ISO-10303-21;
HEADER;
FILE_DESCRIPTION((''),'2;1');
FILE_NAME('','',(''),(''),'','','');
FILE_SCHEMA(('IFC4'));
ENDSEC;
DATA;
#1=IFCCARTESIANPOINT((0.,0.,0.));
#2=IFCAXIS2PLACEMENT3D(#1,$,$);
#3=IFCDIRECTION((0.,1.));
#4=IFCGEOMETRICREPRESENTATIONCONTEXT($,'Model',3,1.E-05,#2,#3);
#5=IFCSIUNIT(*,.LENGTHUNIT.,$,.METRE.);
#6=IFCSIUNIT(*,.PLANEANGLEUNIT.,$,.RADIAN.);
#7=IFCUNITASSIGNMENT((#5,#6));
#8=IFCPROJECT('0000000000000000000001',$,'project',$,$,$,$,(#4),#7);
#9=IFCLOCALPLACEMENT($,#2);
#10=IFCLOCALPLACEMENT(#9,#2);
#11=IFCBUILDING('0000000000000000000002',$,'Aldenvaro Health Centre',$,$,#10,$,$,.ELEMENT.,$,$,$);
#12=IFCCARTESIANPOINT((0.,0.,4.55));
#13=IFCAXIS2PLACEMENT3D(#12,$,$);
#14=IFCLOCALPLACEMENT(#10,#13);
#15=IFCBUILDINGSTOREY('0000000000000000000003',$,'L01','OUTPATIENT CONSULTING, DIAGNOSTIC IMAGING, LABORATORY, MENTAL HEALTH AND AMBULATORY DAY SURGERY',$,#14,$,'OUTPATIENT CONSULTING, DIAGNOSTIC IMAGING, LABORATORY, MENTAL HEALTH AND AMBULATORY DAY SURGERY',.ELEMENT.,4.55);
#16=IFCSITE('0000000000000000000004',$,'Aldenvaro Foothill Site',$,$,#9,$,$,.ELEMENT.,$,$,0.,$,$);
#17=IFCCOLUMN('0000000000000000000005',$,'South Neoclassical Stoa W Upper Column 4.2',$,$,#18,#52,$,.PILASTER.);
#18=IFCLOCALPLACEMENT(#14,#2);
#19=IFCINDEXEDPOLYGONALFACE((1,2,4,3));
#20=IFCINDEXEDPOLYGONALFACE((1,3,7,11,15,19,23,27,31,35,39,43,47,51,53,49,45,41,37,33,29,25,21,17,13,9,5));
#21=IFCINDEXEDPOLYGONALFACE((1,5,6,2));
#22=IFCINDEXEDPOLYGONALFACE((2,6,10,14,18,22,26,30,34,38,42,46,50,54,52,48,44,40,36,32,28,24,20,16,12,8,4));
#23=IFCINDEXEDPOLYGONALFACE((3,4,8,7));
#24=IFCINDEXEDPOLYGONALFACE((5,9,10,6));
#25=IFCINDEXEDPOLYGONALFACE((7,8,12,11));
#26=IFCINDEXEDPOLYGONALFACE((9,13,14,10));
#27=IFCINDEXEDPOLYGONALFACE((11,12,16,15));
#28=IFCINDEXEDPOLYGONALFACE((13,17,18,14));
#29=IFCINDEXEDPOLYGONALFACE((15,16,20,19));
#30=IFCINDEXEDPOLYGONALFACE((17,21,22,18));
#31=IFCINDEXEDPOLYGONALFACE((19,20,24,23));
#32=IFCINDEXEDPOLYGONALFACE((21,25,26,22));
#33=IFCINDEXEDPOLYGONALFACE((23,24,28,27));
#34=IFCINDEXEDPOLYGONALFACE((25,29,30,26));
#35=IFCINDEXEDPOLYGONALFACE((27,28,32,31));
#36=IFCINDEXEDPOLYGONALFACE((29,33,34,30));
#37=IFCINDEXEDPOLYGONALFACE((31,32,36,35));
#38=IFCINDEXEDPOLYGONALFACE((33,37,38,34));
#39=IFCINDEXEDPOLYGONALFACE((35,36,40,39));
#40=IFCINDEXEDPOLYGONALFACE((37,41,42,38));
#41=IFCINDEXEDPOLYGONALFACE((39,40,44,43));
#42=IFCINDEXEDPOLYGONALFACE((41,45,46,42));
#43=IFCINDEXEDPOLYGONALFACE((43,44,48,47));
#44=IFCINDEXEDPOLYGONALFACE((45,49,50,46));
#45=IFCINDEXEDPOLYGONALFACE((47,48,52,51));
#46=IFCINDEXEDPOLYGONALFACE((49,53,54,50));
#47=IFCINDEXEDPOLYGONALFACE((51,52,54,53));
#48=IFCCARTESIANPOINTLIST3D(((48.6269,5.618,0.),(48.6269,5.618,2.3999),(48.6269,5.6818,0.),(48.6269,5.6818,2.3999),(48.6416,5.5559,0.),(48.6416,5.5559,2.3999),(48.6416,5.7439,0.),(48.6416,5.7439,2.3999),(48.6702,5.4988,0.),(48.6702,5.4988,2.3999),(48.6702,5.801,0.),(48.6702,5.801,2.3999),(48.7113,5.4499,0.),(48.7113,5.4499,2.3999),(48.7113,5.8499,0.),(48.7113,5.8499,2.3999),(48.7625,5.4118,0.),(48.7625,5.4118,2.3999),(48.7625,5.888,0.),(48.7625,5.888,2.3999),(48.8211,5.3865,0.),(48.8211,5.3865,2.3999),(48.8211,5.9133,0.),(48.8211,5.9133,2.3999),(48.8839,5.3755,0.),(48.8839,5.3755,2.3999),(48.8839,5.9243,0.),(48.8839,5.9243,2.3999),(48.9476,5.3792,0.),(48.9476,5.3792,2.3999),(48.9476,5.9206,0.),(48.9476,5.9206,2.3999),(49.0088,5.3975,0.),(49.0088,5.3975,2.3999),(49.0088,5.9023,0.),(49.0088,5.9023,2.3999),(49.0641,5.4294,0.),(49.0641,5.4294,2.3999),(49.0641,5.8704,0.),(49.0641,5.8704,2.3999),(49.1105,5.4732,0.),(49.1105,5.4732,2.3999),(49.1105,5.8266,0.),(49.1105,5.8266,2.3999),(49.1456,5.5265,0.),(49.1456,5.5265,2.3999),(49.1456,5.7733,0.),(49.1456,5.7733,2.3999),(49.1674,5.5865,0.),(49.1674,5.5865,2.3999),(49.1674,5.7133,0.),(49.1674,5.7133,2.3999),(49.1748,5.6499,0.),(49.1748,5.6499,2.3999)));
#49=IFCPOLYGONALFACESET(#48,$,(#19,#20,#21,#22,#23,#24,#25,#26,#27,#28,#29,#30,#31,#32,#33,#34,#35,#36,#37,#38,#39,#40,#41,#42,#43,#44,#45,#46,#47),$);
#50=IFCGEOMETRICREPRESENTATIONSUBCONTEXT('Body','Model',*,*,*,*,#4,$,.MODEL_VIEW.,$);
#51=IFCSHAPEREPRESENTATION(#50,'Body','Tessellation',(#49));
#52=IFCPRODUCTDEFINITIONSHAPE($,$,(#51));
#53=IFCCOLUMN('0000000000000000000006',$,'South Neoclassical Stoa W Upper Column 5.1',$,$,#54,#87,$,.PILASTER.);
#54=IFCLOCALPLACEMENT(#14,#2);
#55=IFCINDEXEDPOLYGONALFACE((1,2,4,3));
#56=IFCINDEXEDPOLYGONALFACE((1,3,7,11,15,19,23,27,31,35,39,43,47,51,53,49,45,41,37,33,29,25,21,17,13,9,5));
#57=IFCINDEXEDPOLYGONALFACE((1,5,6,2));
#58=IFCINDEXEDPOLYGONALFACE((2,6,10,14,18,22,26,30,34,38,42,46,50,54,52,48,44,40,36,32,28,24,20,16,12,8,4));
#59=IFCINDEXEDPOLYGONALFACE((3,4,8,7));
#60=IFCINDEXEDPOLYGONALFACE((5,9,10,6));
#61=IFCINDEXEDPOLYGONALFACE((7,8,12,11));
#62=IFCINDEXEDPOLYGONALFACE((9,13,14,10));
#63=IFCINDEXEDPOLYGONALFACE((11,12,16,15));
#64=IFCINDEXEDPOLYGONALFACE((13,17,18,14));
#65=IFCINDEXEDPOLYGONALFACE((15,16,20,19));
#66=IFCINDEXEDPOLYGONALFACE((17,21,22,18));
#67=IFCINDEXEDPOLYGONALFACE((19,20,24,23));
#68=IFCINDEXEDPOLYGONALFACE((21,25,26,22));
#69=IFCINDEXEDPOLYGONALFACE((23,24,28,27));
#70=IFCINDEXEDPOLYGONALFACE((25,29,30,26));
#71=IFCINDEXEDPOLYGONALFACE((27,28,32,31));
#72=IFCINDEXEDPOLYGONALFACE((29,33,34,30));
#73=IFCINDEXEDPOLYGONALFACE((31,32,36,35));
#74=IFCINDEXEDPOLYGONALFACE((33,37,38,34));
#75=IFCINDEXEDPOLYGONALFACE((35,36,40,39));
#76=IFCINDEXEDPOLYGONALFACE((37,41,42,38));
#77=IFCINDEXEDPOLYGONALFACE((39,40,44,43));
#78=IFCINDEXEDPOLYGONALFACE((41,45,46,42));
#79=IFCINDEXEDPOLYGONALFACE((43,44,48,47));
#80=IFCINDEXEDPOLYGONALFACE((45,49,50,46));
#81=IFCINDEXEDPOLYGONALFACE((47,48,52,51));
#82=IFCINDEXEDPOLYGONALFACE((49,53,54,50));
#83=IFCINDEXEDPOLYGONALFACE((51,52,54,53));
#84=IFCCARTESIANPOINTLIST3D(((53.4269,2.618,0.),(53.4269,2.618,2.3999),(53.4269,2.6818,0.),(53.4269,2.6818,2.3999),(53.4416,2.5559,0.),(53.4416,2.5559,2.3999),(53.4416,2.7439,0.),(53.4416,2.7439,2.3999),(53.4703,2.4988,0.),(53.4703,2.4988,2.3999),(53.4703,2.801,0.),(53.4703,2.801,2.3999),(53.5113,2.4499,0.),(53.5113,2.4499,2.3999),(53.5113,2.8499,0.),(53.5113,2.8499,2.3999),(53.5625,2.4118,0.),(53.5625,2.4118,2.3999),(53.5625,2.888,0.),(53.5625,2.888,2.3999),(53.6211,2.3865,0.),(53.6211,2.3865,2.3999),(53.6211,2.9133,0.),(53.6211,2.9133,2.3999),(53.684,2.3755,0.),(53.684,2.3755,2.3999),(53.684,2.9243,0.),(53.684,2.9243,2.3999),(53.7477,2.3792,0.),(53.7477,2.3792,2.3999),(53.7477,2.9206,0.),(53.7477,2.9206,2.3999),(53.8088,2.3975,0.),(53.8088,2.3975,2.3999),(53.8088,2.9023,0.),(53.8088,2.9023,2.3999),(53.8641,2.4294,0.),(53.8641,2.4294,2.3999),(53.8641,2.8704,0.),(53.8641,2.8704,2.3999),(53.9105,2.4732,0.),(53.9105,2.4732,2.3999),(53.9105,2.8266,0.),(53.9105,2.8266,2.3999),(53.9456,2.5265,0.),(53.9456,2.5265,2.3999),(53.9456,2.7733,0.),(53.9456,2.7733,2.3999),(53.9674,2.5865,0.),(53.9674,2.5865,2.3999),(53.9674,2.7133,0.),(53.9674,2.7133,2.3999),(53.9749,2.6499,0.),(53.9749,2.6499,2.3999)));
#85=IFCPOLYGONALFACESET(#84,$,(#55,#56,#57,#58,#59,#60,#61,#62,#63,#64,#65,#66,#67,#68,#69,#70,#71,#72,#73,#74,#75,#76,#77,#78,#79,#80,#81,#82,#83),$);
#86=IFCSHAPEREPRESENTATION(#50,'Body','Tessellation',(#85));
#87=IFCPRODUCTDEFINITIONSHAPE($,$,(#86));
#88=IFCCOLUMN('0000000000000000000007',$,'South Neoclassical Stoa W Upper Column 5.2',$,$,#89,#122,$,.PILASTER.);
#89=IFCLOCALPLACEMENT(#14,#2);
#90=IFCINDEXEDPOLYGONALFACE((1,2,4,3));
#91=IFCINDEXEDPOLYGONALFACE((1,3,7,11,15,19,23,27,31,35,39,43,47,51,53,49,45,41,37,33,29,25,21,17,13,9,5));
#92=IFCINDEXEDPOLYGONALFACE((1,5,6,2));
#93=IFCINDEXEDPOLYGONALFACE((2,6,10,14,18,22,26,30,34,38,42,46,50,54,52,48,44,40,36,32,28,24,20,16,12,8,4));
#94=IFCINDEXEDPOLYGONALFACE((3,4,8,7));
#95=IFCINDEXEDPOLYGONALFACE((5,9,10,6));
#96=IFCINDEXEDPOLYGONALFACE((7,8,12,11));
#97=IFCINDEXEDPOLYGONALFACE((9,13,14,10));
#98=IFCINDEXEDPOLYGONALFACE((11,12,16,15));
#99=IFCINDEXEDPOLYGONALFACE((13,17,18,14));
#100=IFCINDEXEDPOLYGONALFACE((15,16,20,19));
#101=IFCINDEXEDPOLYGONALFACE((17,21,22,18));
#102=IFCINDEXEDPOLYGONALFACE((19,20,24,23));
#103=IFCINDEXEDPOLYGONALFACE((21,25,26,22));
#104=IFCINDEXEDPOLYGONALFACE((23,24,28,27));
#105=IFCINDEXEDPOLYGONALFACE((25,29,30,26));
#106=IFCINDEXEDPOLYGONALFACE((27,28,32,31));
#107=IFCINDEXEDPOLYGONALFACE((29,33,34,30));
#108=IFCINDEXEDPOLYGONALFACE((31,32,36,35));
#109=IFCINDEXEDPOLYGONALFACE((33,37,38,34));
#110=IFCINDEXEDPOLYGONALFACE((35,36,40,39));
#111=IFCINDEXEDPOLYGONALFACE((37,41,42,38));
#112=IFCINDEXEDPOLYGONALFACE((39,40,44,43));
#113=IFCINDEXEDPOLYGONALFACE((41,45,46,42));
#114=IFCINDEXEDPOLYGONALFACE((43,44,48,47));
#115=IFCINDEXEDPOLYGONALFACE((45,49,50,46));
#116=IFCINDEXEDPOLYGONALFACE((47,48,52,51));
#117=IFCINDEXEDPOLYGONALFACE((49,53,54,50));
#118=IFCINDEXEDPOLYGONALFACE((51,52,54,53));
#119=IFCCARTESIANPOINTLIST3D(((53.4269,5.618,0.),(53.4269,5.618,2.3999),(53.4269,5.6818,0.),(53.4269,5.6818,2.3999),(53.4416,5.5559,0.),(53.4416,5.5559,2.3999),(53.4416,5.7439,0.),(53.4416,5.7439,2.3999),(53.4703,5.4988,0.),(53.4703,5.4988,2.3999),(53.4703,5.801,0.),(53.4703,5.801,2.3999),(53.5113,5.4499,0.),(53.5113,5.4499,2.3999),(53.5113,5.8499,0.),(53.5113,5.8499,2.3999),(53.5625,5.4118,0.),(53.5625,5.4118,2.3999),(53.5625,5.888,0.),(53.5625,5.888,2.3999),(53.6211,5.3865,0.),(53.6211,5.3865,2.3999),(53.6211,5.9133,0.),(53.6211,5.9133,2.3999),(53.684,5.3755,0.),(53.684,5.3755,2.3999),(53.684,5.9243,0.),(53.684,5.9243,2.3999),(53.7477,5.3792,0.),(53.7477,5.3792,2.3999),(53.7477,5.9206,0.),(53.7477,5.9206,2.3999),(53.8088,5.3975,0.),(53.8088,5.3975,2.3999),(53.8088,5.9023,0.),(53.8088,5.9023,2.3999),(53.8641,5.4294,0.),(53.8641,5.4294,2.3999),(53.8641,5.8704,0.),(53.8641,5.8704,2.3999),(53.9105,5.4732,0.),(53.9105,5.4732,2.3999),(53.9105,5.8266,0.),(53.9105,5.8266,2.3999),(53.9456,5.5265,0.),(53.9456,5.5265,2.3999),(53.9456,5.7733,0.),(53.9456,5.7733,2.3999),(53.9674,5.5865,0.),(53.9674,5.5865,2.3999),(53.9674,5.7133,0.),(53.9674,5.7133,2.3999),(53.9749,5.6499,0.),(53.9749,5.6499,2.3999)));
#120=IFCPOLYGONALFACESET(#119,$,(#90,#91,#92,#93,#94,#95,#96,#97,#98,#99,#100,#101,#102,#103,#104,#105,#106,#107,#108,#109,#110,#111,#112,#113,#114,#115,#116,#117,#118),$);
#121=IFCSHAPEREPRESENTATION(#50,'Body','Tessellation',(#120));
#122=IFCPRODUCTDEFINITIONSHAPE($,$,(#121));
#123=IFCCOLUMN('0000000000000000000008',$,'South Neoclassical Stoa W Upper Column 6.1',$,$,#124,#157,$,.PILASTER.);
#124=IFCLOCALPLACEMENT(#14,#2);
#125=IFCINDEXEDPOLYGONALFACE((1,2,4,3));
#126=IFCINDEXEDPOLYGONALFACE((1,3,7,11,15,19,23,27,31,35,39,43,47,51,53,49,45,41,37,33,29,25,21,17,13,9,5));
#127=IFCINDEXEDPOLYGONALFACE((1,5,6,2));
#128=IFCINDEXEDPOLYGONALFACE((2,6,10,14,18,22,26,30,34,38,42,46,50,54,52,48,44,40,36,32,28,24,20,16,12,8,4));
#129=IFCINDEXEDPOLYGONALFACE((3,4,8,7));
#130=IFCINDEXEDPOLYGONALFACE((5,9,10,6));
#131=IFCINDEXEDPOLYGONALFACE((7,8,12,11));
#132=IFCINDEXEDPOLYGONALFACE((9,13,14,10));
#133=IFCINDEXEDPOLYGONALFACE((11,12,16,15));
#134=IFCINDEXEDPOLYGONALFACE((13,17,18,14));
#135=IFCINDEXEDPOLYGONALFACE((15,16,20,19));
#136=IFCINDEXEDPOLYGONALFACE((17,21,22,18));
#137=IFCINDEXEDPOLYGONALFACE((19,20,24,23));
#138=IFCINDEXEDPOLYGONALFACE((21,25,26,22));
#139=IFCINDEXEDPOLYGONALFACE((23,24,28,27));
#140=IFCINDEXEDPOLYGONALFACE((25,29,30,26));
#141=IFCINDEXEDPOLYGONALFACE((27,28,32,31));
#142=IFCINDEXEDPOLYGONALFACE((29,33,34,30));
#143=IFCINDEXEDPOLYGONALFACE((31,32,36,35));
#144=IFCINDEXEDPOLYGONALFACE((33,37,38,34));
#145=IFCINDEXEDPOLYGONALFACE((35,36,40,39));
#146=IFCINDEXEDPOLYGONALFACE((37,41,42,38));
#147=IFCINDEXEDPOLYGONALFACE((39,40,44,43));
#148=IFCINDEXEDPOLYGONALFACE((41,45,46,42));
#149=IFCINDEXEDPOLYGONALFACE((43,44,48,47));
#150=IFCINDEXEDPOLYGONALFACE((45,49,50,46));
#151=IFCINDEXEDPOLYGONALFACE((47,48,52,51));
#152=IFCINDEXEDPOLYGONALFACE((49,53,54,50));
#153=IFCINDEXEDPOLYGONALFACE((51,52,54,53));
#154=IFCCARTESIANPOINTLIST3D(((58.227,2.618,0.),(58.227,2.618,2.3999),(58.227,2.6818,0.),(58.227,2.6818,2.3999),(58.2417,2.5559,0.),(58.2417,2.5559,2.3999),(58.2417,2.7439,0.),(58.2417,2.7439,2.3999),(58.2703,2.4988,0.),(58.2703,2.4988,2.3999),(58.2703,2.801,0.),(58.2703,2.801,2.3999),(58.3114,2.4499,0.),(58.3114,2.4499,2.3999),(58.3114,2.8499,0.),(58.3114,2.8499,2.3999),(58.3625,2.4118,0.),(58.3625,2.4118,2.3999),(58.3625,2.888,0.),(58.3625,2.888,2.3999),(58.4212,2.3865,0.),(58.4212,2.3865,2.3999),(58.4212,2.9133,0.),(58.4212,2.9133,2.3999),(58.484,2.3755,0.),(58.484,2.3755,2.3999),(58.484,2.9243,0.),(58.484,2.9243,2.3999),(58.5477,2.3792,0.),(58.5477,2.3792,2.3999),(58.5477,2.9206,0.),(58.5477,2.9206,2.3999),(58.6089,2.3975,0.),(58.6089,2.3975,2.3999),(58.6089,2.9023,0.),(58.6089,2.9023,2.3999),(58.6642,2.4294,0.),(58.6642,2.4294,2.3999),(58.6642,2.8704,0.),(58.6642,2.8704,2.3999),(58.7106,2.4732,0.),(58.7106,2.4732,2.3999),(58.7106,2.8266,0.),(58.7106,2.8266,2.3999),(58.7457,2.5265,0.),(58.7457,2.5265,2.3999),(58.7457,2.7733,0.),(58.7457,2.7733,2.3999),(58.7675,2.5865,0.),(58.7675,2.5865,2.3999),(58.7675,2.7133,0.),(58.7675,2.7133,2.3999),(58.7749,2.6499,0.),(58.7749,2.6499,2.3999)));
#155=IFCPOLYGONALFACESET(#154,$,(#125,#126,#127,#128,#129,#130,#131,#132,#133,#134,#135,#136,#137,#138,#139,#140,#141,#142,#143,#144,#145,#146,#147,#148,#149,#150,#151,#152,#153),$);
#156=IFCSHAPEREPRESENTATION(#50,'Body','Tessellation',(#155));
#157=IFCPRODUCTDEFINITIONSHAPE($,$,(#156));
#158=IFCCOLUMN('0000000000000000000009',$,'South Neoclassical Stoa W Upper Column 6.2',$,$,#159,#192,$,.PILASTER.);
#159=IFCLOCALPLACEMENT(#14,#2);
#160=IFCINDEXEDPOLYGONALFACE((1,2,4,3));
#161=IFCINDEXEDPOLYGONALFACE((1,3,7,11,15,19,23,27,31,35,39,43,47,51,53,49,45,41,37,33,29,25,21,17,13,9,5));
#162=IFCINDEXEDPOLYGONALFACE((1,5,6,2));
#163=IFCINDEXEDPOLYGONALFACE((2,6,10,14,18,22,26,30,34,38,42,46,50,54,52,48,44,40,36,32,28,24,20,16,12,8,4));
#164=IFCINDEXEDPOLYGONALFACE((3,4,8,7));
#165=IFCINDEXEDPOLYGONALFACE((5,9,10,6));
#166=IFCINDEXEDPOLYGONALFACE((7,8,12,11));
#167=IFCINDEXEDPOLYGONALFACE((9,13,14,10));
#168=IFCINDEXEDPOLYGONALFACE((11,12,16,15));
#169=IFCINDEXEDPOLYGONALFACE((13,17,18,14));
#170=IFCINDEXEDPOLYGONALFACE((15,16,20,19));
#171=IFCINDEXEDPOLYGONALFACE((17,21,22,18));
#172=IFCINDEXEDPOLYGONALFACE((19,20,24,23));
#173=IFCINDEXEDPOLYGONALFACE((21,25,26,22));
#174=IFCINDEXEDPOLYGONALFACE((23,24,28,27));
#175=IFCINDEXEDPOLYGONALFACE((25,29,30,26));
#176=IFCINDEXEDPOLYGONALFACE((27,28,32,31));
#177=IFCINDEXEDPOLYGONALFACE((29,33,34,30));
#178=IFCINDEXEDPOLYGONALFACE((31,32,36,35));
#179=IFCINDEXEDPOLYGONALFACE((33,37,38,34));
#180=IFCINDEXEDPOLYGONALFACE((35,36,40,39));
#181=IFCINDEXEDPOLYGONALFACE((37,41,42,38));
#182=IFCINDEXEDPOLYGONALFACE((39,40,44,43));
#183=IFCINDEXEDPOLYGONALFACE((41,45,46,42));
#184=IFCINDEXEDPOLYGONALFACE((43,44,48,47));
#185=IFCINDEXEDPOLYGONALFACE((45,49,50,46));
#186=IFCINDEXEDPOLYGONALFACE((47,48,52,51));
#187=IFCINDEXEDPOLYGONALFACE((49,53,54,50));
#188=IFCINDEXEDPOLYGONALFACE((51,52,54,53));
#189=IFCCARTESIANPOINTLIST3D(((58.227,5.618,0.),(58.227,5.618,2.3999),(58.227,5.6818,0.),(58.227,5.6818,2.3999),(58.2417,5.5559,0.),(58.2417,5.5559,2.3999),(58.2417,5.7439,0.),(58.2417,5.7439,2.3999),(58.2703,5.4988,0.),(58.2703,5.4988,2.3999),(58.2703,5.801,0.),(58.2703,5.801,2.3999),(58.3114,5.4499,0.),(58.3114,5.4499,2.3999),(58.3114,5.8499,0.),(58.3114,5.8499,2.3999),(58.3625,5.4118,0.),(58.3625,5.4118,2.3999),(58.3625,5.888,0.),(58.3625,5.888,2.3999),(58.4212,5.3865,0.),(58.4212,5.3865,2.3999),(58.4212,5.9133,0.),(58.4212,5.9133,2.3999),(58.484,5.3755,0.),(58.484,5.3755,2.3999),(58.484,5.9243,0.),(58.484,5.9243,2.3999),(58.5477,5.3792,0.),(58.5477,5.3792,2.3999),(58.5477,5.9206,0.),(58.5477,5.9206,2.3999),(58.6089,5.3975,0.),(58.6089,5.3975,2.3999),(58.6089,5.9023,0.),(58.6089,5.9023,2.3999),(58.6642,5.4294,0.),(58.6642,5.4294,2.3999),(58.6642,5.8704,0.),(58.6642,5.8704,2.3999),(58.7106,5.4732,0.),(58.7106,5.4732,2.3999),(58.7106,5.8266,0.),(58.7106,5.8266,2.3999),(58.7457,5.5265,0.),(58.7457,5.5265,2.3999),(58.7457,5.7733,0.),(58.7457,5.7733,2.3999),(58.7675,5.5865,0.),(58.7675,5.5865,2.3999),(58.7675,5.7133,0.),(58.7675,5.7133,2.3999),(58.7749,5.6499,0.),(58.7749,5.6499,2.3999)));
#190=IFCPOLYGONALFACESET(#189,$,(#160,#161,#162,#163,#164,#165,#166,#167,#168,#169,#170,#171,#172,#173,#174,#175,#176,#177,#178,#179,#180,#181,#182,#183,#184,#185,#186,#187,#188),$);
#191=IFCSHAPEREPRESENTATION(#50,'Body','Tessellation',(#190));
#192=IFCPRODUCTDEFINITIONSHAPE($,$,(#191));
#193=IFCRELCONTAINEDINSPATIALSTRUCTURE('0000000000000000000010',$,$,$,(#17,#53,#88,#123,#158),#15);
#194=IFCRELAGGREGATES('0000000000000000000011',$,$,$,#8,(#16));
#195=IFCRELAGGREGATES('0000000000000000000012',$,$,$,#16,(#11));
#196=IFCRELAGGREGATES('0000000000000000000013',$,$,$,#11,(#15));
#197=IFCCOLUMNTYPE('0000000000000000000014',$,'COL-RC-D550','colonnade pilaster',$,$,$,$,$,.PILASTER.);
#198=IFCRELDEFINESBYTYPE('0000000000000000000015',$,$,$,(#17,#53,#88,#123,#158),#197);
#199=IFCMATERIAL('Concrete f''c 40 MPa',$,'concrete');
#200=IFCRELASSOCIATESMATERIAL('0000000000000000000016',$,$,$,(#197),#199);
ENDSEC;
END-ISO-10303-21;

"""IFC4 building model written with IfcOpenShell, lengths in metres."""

from ifc_helpers import new_model, si_unit, direction, frame, origin, origin_2d, place, context, subcontext, project, spatial, circle, extrude, material, material_profile, profile_set, type_object, element, save


model = new_model("IFC4")

# Units and contexts
model_context = context("Model", 3, precision=1e-05, world=origin(), true_north=direction((0.0, 1.0)))
body_context = subcontext(model_context, "Body", "Model", "MODEL_VIEW")
ifc_project = project(units=[si_unit("LENGTHUNIT", "METRE"), si_unit("PLANEANGLEUNIT", "RADIAN")], contexts=[model_context])

# Site, building, storey
site_placement = place(None, origin())
site = spatial("IfcSite", under=ifc_project, at=site_placement, Name="Aldenvaro Foothill Site", CompositionType="ELEMENT", RefElevation=0.0)
building_placement = place(site_placement, origin())
building = spatial("IfcBuilding", under=site, at=building_placement, Name="Aldenvaro Health Centre", CompositionType="ELEMENT")
storey_placement = place(building_placement, frame((0.0, 0.0, 4.55)))
storey = spatial("IfcBuildingStorey", under=building, at=storey_placement, Name="L01", Description="OUTPATIENT CONSULTING, DIAGNOSTIC IMAGING, LABORATORY, MENTAL HEALTH AND AMBULATORY DAY SURGERY", LongName="OUTPATIENT CONSULTING, DIAGNOSTIC IMAGING, LABORATORY, MENTAL HEALTH AND AMBULATORY DAY SURGERY", CompositionType="ELEMENT", Elevation=4.55)

# Columns
ifc_material = material(Name="Concrete f'c 40 MPa", Category="concrete")
ifc_material_profile_1 = material_profile(ifc_material, circle(Radius=0.2749, at=origin_2d()), Name="RC D550", Category="concrete")
ifc_profile_set_1 = profile_set([ifc_material_profile_1], Name="Concrete f'c 40 MPa")
column_type = type_object("IfcColumnType", Name="COL-RC-D550", Description="colonnade pilaster", PredefinedType="PILASTER", material=ifc_profile_set_1)
for number, where, z_axis, x_axis, name in (
    (1, (48.8999, 5.6499, 0.0), (0.0, 0.0, 1.0), (1.0, 0.0, 0.0), "South Neoclassical Stoa W Upper Column 4.2"),
    (2, (53.7, 2.6499, 0.0), (0.0, 0.0, 1.0), (1.0, 0.0, 0.0), "South Neoclassical Stoa W Upper Column 5.1"),
    (3, (53.7, 5.6499, 0.0), (0.0, 0.0, 1.0), (1.0, 0.0, 0.0), "South Neoclassical Stoa W Upper Column 5.2"),
    (4, (58.5, 2.6499, 0.0), (0.0, 0.0, 1.0), (1.0, 0.0, 0.0), "South Neoclassical Stoa W Upper Column 6.1"),
    (5, (58.5, 5.6499, 0.0), (0.0, 0.0, 1.0), (1.0, 0.0, 0.0), "South Neoclassical Stoa W Upper Column 6.2"),
):
    element("IfcColumn", number, at=place(storey_placement, frame(where, z_axis=z_axis, x_axis=x_axis)), inside=storey, type_object=column_type, Name=name, PredefinedType="PILASTER", context=body_context, shape_type="SweptSolid", body=[
        extrude(circle(Radius=0.2749, at=origin_2d()), origin(), (0.0, 0.0, 1.0), 2.3999),
    ])

save(model, "model.ifc")
